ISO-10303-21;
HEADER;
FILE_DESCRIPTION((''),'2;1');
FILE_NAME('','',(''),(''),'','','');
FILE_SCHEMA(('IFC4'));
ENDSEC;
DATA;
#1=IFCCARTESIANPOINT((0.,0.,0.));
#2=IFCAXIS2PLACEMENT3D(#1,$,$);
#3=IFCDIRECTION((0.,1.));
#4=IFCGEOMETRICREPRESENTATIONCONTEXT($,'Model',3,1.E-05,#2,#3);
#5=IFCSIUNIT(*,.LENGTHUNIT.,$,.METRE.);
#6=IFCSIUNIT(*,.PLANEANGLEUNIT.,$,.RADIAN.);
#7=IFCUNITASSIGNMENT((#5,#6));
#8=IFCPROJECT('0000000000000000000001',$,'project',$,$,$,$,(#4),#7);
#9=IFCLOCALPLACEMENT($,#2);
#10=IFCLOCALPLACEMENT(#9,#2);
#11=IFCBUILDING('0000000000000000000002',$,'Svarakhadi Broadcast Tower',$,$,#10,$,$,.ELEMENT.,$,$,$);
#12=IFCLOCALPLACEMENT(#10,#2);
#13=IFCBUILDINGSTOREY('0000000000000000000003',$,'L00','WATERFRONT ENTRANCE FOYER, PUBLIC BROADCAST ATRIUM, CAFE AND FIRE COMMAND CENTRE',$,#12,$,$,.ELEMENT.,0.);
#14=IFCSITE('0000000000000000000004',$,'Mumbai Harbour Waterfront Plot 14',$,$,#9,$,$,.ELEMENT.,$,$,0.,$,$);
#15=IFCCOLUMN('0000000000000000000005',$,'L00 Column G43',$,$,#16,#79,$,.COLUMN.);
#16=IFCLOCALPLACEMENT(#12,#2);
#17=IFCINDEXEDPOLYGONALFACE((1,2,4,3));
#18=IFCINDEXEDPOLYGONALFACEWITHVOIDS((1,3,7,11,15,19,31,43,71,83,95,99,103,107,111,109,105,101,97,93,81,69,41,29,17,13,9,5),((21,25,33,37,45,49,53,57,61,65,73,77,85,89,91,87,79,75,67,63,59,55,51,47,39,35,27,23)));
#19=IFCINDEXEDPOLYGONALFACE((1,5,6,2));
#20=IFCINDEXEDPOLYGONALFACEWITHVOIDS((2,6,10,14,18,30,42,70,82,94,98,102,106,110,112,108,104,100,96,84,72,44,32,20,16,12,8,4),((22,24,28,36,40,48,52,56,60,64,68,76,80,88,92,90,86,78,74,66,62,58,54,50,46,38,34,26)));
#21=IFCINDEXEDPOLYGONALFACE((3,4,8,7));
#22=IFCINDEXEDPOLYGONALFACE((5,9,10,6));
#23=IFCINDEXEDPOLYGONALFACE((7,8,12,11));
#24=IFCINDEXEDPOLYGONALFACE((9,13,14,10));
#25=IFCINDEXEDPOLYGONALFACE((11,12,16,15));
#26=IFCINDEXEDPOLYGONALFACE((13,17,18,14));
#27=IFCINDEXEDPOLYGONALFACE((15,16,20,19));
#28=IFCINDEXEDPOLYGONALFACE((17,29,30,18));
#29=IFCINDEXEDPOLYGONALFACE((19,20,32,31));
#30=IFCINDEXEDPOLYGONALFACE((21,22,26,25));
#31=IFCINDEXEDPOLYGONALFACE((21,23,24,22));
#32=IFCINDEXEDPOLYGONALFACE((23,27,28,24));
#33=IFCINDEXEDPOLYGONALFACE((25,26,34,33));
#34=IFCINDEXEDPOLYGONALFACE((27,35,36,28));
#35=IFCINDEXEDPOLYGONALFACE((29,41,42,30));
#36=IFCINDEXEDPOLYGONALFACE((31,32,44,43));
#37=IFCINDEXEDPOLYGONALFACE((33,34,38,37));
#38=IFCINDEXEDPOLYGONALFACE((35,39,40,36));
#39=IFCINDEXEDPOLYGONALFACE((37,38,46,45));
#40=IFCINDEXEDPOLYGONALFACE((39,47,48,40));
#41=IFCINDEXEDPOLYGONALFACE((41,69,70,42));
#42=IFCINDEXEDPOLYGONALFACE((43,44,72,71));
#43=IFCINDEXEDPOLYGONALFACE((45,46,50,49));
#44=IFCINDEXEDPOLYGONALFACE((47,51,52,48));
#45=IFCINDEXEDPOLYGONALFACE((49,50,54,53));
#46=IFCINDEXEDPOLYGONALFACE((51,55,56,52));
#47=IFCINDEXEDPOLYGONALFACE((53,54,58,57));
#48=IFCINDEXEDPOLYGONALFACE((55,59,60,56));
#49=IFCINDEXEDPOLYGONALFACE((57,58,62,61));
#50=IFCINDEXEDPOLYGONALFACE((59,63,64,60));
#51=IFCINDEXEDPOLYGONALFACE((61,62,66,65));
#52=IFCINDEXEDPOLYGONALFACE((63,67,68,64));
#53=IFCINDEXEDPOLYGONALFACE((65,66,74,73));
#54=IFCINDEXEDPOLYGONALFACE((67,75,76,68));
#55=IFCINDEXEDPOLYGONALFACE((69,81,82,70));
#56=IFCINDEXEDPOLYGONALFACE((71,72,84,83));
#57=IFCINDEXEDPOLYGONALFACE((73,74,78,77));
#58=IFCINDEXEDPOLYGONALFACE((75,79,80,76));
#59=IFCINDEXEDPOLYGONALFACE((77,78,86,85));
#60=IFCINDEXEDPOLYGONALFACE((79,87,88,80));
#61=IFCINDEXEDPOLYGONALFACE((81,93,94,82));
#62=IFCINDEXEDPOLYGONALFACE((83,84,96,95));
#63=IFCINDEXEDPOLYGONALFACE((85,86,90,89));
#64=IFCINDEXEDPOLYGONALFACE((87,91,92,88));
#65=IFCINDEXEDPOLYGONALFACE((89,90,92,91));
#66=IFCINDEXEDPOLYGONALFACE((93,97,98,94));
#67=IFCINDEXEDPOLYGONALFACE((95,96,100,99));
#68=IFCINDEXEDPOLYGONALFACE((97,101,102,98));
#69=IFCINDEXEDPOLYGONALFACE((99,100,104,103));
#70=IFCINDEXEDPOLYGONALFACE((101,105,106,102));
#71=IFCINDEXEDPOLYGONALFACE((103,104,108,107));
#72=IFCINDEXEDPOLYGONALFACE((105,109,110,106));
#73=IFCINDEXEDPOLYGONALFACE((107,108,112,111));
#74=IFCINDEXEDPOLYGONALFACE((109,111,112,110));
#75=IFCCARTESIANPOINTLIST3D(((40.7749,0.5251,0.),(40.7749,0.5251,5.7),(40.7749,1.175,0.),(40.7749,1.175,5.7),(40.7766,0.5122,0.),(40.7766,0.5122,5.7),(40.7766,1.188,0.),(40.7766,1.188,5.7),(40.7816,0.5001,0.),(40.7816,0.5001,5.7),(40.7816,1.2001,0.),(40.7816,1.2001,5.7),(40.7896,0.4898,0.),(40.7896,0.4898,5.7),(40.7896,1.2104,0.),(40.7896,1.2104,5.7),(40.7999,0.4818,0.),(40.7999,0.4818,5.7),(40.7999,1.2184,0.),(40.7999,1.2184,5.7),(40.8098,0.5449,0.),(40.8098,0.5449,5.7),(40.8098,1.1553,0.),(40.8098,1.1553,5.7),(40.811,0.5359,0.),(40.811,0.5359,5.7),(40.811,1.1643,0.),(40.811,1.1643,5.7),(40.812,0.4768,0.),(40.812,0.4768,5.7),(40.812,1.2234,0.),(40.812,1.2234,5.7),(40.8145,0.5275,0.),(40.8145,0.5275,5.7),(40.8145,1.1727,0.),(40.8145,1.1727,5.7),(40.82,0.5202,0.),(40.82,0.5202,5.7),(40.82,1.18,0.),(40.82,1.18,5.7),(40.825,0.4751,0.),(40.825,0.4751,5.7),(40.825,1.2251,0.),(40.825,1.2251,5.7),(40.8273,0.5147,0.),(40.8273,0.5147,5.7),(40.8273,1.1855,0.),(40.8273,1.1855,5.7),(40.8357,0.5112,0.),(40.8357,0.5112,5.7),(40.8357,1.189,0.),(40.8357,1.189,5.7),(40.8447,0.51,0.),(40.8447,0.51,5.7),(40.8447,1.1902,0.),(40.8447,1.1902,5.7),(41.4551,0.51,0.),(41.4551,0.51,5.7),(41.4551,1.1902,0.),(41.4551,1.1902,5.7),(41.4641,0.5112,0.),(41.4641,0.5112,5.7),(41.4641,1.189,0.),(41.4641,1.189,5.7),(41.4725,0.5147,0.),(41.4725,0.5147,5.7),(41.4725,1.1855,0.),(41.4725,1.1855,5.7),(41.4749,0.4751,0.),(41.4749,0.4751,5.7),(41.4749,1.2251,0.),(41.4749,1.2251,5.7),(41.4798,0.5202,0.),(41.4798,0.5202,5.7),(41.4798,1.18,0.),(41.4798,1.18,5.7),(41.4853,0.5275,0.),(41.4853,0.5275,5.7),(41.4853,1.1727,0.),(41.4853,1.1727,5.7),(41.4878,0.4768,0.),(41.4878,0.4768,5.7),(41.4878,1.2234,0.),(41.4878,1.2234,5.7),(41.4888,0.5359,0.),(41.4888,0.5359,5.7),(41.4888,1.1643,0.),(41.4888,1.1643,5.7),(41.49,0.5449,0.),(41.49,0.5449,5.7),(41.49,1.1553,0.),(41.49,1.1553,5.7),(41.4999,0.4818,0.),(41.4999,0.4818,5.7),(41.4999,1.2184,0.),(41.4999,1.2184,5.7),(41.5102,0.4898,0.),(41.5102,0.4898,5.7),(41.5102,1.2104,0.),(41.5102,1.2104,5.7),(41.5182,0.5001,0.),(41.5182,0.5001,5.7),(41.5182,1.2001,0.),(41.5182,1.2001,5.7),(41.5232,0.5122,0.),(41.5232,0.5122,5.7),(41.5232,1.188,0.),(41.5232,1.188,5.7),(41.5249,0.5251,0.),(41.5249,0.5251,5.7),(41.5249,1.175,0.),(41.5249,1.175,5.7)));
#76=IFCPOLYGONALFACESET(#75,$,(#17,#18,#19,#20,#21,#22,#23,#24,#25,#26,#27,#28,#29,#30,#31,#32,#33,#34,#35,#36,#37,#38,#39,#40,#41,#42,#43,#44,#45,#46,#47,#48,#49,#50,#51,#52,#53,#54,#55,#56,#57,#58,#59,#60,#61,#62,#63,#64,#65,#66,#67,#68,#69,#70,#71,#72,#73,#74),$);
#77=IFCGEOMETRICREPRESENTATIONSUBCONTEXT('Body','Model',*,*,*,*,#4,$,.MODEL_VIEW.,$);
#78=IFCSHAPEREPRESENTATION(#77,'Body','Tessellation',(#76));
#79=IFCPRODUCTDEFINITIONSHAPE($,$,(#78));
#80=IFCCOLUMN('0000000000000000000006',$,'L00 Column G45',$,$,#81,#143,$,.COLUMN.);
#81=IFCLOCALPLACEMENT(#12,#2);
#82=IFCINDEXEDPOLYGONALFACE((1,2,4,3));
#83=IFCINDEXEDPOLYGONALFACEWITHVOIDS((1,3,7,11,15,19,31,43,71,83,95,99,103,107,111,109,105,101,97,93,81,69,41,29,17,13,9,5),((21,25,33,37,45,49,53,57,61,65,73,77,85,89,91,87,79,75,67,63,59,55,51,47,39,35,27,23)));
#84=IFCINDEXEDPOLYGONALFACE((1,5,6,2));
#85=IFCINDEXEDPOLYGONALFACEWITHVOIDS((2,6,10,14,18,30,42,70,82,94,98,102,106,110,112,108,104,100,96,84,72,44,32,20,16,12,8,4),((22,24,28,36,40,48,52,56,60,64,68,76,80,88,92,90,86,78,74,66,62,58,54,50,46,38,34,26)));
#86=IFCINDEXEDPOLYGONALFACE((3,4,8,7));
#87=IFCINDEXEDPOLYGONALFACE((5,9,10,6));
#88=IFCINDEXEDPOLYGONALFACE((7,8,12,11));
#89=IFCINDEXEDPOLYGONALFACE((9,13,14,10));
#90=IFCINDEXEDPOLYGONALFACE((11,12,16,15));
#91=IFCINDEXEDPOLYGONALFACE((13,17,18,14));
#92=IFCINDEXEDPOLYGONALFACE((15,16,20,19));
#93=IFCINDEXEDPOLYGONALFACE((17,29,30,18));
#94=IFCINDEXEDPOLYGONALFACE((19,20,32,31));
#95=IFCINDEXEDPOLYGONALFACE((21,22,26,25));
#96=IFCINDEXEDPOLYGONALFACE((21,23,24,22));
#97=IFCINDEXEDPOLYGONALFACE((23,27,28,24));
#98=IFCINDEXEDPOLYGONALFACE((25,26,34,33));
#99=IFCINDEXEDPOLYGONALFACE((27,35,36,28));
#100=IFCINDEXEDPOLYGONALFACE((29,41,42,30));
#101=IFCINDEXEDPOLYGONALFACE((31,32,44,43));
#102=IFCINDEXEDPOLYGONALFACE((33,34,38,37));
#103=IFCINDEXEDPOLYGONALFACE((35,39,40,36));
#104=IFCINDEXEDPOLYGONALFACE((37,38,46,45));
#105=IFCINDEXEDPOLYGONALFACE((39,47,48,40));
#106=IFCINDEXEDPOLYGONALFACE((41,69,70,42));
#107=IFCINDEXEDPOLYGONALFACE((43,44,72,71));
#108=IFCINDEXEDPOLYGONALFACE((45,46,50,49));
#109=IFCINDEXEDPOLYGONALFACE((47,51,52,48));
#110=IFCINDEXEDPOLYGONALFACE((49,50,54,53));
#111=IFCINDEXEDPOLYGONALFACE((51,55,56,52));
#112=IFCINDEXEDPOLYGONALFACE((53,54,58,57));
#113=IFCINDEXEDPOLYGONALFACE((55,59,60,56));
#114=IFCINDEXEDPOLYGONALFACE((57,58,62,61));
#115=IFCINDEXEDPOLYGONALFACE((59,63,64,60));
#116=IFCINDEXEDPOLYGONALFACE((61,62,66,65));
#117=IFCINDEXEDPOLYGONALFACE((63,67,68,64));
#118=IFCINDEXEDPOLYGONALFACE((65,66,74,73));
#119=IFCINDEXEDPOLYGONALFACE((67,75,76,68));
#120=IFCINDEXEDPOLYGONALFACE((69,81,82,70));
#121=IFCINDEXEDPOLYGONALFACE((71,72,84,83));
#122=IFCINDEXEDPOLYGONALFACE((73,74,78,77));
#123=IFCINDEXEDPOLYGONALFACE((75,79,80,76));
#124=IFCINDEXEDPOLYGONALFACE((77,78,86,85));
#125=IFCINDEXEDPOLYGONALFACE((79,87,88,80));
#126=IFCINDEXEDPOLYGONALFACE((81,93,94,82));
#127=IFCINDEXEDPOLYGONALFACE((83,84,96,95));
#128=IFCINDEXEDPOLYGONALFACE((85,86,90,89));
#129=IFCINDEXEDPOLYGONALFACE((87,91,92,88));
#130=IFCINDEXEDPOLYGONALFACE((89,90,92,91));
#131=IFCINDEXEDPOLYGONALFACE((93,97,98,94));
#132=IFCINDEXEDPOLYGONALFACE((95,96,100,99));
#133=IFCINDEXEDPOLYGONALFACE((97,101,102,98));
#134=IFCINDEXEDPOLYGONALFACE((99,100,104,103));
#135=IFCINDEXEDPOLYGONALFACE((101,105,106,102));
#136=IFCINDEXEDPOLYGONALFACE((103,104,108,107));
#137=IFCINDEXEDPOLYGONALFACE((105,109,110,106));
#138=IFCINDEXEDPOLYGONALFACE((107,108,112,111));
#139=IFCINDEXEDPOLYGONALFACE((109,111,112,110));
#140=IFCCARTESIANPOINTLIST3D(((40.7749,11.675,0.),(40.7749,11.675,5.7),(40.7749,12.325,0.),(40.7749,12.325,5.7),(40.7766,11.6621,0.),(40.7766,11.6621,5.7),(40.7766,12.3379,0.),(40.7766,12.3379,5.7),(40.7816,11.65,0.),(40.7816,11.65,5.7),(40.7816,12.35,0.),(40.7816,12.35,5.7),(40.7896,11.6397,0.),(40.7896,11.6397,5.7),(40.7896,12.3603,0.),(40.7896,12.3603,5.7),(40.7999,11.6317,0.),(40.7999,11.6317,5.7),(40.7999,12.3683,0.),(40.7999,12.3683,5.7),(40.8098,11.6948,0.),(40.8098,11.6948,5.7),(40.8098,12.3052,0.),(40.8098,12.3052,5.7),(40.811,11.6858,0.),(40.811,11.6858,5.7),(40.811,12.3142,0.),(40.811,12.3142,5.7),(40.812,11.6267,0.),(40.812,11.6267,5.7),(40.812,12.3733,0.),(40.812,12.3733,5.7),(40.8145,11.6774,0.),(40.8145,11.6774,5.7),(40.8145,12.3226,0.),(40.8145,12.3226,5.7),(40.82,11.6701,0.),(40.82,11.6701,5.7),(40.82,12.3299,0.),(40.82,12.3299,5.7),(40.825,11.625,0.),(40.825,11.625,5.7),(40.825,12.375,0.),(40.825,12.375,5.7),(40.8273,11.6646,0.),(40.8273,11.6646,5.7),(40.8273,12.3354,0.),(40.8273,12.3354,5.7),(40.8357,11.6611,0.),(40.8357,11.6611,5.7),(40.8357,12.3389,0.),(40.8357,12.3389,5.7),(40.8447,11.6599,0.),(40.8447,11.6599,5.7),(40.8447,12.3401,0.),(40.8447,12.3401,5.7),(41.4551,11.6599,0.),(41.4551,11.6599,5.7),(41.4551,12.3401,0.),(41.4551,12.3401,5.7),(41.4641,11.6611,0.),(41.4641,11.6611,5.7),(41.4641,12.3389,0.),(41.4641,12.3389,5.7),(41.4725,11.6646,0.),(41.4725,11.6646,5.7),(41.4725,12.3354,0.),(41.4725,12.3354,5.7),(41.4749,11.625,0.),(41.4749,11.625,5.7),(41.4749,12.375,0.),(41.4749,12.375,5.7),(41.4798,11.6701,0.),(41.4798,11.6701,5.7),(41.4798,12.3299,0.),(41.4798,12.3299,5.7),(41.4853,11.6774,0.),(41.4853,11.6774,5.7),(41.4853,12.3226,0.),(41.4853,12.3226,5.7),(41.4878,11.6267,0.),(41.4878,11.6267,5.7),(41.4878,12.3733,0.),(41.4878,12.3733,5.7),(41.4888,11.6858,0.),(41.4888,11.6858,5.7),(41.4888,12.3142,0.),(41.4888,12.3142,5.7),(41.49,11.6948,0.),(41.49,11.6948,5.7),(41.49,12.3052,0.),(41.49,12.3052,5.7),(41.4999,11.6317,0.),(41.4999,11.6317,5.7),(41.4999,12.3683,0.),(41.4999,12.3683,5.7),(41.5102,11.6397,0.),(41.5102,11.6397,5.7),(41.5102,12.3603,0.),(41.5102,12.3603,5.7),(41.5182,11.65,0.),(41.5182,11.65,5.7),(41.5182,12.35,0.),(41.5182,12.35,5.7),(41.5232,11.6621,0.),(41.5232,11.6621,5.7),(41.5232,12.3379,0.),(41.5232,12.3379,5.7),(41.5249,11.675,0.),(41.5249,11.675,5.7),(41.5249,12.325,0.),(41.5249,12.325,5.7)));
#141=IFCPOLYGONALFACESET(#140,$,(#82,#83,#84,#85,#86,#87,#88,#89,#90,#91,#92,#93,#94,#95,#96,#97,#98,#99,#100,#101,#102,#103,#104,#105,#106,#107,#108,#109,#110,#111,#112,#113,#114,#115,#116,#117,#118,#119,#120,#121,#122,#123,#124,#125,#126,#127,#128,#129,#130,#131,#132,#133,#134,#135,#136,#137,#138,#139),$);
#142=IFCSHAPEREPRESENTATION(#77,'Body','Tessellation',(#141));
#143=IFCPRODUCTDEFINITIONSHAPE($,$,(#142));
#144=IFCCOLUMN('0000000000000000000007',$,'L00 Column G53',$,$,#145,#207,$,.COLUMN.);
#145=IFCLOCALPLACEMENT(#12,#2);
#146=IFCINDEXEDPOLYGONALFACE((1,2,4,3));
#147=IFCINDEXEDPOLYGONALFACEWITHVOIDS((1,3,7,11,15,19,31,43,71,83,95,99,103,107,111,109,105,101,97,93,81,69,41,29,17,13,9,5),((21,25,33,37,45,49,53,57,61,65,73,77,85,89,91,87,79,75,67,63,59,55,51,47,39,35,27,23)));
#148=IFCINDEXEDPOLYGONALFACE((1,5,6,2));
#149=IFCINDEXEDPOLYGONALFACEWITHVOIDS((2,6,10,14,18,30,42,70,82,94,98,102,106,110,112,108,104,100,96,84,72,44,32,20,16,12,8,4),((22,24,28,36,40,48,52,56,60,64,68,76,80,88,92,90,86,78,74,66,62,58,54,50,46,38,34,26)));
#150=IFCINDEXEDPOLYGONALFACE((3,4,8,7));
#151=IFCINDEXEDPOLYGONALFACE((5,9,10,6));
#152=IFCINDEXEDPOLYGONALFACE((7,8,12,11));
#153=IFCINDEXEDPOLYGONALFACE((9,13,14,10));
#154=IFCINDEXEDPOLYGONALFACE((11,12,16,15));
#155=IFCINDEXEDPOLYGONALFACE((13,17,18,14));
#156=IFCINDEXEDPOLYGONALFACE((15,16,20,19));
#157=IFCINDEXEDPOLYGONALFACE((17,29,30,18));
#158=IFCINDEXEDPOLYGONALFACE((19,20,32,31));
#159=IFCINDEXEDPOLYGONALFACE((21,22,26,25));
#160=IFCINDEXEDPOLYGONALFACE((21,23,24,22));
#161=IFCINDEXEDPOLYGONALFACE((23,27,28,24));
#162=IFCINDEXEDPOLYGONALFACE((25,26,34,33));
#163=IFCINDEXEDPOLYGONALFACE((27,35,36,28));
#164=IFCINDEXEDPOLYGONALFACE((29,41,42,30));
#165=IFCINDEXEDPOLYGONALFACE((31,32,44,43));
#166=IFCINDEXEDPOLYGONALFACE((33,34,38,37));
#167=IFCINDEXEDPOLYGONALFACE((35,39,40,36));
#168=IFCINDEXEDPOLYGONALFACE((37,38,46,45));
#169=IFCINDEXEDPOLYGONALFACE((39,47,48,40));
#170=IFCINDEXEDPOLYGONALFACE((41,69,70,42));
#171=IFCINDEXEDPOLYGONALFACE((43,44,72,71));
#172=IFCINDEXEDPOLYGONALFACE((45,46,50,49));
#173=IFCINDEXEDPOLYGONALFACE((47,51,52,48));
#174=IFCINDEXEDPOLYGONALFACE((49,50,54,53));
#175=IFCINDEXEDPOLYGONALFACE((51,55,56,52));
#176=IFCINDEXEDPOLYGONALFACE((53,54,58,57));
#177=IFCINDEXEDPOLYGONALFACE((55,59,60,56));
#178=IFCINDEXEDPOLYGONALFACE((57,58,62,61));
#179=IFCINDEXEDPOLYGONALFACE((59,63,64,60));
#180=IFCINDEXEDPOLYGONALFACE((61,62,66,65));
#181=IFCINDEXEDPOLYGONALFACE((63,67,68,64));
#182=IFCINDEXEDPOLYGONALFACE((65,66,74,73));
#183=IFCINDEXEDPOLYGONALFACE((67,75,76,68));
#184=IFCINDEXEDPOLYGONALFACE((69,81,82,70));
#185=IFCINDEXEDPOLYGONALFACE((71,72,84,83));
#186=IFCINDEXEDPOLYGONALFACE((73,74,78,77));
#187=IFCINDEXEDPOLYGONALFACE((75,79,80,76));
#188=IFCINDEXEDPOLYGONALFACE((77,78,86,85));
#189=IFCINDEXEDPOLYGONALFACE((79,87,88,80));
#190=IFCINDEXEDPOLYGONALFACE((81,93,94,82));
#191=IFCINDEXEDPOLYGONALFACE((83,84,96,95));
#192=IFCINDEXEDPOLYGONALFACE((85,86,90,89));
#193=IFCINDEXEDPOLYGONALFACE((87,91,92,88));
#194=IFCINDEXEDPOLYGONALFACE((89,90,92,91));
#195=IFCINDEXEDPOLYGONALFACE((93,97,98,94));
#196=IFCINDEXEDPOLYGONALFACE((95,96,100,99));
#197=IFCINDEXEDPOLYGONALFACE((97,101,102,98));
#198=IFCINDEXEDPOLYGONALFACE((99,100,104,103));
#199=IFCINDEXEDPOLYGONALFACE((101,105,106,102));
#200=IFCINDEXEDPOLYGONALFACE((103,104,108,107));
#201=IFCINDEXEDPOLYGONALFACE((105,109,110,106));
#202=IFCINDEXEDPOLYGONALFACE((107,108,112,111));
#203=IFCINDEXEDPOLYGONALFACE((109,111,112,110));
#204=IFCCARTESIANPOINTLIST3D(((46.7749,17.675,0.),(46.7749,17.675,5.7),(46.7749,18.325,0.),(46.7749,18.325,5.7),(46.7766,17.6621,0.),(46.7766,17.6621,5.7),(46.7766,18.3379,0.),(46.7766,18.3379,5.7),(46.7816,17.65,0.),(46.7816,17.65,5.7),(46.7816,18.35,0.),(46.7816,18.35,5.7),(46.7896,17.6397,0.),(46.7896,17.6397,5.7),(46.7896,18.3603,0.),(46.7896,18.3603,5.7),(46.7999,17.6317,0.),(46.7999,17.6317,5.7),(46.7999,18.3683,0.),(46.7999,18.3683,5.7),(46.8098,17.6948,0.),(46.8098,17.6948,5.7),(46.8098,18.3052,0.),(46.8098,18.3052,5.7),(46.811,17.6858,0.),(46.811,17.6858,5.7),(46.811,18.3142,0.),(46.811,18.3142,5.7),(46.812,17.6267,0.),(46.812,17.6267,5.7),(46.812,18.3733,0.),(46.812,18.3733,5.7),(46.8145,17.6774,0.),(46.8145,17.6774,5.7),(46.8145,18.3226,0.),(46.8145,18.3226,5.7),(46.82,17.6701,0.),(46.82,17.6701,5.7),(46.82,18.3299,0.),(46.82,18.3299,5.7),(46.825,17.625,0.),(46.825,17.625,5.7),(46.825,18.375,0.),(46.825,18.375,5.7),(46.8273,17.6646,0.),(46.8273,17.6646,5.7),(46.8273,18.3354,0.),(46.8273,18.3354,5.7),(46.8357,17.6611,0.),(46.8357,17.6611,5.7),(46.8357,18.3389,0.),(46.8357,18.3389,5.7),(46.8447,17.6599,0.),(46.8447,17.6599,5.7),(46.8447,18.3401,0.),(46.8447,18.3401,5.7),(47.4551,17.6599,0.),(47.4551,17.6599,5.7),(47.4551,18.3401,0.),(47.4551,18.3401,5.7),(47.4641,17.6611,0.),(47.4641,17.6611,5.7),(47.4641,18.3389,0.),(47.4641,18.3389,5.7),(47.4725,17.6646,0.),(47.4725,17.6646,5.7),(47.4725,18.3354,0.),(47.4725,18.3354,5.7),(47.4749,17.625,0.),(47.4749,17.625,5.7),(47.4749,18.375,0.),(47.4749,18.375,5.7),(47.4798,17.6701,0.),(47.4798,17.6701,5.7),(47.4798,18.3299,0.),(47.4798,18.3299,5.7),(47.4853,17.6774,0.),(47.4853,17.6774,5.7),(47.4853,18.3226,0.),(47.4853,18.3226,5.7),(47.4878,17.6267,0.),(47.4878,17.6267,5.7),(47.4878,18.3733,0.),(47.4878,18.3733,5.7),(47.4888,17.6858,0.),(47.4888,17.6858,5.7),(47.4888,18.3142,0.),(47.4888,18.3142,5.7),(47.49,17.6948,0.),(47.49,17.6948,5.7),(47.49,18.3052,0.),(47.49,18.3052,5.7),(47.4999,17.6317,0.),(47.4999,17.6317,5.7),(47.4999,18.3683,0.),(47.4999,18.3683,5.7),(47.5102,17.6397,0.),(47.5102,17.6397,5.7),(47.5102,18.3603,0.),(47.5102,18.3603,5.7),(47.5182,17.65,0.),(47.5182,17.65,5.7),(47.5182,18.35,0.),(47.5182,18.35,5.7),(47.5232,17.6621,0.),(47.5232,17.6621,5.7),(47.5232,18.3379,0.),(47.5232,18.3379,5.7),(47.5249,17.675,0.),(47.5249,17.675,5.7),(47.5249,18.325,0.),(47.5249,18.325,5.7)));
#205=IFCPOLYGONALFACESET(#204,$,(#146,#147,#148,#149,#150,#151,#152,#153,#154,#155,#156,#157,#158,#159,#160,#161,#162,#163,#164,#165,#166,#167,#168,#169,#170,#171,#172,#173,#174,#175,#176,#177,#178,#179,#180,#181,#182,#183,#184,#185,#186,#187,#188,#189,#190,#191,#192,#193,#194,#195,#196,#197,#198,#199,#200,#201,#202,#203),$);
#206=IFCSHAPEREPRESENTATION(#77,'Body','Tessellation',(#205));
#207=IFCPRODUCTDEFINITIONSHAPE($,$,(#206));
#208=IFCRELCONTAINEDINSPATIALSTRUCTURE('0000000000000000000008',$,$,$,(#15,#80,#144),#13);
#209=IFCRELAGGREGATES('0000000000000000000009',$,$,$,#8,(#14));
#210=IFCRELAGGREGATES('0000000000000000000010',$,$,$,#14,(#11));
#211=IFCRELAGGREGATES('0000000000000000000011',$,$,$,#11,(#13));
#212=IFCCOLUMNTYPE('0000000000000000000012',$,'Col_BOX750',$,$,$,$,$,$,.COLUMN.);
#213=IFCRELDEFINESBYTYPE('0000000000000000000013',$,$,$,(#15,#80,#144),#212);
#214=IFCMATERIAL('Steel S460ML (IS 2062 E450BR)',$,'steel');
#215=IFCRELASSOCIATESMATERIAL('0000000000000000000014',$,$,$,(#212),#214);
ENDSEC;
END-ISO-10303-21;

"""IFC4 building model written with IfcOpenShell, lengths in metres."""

from ifc_helpers import new_model, si_unit, direction, frame, origin, origin_2d, place, context, subcontext, project, spatial, hollow_rectangle, extrude, material, material_profile, profile_set, type_object, element, save


model = new_model("IFC4")

# Units and contexts
model_context = context("Model", 3, precision=1e-05, world=origin(), true_north=direction((0.0, 1.0)))
body_context = subcontext(model_context, "Body", "Model", "MODEL_VIEW")
ifc_project = project(units=[si_unit("LENGTHUNIT", "METRE"), si_unit("PLANEANGLEUNIT", "RADIAN")], contexts=[model_context])

# Site, building, storey
site_placement = place(None, origin())
site = spatial("IfcSite", under=ifc_project, at=site_placement, Name="Mumbai Harbour Waterfront Plot 14", CompositionType="ELEMENT", RefElevation=0.0)
building_placement = place(site_placement, origin())
building = spatial("IfcBuilding", under=site, at=building_placement, Name="Svarakhadi Broadcast Tower", CompositionType="ELEMENT")
storey_placement = place(building_placement, origin())
storey = spatial("IfcBuildingStorey", under=building, at=storey_placement, Name="L00", Description="WATERFRONT ENTRANCE FOYER, PUBLIC BROADCAST ATRIUM, CAFE AND FIRE COMMAND CENTRE", CompositionType="ELEMENT", Elevation=0.0)

# Columns
ifc_material_1 = material(Name="Steel S460ML (IS 2062 E450BR)", Category="steel")
ifc_material_profile_1 = material_profile(ifc_material_1, hollow_rectangle(XDim=0.75, YDim=0.75, WallThickness=0.0349, InnerFilletRadius=0.0349, OuterFilletRadius=0.05, at=origin_2d()), Name="BOX 750x750x35")
ifc_profile_set_1 = profile_set([ifc_material_profile_1], Name="Steel S460ML (IS 2062 E450BR)")
column_type_1 = type_object("IfcColumnType", Name="Col_BOX750", PredefinedType="COLUMN", material=ifc_profile_set_1)
for number, where, z_axis, x_axis, name in (
    (1, (41.1499, 0.8501, 0.0), (0.0, 0.0, 1.0), (1.0, 0.0, 0.0), "L00 Column G43"),
    (2, (41.1499, 12.0, 0.0), (0.0, 0.0, 1.0), (1.0, 0.0, 0.0), "L00 Column G45"),
    (3, (47.1499, 18.0, 0.0), (0.0, 0.0, 1.0), (1.0, 0.0, 0.0), "L00 Column G53"),
):
    element("IfcColumn", number, at=place(storey_placement, frame(where, z_axis=z_axis, x_axis=x_axis)), inside=storey, type_object=column_type_1, Name=name, PredefinedType="COLUMN", context=body_context, shape_type="SweptSolid", body=[
        extrude(hollow_rectangle(XDim=0.75, YDim=0.75, WallThickness=0.0349, InnerFilletRadius=0.0349, OuterFilletRadius=0.05, at=origin_2d()), origin(), (0.0, 0.0, 1.0), 5.7),
    ])

save(model, "model.ifc")
